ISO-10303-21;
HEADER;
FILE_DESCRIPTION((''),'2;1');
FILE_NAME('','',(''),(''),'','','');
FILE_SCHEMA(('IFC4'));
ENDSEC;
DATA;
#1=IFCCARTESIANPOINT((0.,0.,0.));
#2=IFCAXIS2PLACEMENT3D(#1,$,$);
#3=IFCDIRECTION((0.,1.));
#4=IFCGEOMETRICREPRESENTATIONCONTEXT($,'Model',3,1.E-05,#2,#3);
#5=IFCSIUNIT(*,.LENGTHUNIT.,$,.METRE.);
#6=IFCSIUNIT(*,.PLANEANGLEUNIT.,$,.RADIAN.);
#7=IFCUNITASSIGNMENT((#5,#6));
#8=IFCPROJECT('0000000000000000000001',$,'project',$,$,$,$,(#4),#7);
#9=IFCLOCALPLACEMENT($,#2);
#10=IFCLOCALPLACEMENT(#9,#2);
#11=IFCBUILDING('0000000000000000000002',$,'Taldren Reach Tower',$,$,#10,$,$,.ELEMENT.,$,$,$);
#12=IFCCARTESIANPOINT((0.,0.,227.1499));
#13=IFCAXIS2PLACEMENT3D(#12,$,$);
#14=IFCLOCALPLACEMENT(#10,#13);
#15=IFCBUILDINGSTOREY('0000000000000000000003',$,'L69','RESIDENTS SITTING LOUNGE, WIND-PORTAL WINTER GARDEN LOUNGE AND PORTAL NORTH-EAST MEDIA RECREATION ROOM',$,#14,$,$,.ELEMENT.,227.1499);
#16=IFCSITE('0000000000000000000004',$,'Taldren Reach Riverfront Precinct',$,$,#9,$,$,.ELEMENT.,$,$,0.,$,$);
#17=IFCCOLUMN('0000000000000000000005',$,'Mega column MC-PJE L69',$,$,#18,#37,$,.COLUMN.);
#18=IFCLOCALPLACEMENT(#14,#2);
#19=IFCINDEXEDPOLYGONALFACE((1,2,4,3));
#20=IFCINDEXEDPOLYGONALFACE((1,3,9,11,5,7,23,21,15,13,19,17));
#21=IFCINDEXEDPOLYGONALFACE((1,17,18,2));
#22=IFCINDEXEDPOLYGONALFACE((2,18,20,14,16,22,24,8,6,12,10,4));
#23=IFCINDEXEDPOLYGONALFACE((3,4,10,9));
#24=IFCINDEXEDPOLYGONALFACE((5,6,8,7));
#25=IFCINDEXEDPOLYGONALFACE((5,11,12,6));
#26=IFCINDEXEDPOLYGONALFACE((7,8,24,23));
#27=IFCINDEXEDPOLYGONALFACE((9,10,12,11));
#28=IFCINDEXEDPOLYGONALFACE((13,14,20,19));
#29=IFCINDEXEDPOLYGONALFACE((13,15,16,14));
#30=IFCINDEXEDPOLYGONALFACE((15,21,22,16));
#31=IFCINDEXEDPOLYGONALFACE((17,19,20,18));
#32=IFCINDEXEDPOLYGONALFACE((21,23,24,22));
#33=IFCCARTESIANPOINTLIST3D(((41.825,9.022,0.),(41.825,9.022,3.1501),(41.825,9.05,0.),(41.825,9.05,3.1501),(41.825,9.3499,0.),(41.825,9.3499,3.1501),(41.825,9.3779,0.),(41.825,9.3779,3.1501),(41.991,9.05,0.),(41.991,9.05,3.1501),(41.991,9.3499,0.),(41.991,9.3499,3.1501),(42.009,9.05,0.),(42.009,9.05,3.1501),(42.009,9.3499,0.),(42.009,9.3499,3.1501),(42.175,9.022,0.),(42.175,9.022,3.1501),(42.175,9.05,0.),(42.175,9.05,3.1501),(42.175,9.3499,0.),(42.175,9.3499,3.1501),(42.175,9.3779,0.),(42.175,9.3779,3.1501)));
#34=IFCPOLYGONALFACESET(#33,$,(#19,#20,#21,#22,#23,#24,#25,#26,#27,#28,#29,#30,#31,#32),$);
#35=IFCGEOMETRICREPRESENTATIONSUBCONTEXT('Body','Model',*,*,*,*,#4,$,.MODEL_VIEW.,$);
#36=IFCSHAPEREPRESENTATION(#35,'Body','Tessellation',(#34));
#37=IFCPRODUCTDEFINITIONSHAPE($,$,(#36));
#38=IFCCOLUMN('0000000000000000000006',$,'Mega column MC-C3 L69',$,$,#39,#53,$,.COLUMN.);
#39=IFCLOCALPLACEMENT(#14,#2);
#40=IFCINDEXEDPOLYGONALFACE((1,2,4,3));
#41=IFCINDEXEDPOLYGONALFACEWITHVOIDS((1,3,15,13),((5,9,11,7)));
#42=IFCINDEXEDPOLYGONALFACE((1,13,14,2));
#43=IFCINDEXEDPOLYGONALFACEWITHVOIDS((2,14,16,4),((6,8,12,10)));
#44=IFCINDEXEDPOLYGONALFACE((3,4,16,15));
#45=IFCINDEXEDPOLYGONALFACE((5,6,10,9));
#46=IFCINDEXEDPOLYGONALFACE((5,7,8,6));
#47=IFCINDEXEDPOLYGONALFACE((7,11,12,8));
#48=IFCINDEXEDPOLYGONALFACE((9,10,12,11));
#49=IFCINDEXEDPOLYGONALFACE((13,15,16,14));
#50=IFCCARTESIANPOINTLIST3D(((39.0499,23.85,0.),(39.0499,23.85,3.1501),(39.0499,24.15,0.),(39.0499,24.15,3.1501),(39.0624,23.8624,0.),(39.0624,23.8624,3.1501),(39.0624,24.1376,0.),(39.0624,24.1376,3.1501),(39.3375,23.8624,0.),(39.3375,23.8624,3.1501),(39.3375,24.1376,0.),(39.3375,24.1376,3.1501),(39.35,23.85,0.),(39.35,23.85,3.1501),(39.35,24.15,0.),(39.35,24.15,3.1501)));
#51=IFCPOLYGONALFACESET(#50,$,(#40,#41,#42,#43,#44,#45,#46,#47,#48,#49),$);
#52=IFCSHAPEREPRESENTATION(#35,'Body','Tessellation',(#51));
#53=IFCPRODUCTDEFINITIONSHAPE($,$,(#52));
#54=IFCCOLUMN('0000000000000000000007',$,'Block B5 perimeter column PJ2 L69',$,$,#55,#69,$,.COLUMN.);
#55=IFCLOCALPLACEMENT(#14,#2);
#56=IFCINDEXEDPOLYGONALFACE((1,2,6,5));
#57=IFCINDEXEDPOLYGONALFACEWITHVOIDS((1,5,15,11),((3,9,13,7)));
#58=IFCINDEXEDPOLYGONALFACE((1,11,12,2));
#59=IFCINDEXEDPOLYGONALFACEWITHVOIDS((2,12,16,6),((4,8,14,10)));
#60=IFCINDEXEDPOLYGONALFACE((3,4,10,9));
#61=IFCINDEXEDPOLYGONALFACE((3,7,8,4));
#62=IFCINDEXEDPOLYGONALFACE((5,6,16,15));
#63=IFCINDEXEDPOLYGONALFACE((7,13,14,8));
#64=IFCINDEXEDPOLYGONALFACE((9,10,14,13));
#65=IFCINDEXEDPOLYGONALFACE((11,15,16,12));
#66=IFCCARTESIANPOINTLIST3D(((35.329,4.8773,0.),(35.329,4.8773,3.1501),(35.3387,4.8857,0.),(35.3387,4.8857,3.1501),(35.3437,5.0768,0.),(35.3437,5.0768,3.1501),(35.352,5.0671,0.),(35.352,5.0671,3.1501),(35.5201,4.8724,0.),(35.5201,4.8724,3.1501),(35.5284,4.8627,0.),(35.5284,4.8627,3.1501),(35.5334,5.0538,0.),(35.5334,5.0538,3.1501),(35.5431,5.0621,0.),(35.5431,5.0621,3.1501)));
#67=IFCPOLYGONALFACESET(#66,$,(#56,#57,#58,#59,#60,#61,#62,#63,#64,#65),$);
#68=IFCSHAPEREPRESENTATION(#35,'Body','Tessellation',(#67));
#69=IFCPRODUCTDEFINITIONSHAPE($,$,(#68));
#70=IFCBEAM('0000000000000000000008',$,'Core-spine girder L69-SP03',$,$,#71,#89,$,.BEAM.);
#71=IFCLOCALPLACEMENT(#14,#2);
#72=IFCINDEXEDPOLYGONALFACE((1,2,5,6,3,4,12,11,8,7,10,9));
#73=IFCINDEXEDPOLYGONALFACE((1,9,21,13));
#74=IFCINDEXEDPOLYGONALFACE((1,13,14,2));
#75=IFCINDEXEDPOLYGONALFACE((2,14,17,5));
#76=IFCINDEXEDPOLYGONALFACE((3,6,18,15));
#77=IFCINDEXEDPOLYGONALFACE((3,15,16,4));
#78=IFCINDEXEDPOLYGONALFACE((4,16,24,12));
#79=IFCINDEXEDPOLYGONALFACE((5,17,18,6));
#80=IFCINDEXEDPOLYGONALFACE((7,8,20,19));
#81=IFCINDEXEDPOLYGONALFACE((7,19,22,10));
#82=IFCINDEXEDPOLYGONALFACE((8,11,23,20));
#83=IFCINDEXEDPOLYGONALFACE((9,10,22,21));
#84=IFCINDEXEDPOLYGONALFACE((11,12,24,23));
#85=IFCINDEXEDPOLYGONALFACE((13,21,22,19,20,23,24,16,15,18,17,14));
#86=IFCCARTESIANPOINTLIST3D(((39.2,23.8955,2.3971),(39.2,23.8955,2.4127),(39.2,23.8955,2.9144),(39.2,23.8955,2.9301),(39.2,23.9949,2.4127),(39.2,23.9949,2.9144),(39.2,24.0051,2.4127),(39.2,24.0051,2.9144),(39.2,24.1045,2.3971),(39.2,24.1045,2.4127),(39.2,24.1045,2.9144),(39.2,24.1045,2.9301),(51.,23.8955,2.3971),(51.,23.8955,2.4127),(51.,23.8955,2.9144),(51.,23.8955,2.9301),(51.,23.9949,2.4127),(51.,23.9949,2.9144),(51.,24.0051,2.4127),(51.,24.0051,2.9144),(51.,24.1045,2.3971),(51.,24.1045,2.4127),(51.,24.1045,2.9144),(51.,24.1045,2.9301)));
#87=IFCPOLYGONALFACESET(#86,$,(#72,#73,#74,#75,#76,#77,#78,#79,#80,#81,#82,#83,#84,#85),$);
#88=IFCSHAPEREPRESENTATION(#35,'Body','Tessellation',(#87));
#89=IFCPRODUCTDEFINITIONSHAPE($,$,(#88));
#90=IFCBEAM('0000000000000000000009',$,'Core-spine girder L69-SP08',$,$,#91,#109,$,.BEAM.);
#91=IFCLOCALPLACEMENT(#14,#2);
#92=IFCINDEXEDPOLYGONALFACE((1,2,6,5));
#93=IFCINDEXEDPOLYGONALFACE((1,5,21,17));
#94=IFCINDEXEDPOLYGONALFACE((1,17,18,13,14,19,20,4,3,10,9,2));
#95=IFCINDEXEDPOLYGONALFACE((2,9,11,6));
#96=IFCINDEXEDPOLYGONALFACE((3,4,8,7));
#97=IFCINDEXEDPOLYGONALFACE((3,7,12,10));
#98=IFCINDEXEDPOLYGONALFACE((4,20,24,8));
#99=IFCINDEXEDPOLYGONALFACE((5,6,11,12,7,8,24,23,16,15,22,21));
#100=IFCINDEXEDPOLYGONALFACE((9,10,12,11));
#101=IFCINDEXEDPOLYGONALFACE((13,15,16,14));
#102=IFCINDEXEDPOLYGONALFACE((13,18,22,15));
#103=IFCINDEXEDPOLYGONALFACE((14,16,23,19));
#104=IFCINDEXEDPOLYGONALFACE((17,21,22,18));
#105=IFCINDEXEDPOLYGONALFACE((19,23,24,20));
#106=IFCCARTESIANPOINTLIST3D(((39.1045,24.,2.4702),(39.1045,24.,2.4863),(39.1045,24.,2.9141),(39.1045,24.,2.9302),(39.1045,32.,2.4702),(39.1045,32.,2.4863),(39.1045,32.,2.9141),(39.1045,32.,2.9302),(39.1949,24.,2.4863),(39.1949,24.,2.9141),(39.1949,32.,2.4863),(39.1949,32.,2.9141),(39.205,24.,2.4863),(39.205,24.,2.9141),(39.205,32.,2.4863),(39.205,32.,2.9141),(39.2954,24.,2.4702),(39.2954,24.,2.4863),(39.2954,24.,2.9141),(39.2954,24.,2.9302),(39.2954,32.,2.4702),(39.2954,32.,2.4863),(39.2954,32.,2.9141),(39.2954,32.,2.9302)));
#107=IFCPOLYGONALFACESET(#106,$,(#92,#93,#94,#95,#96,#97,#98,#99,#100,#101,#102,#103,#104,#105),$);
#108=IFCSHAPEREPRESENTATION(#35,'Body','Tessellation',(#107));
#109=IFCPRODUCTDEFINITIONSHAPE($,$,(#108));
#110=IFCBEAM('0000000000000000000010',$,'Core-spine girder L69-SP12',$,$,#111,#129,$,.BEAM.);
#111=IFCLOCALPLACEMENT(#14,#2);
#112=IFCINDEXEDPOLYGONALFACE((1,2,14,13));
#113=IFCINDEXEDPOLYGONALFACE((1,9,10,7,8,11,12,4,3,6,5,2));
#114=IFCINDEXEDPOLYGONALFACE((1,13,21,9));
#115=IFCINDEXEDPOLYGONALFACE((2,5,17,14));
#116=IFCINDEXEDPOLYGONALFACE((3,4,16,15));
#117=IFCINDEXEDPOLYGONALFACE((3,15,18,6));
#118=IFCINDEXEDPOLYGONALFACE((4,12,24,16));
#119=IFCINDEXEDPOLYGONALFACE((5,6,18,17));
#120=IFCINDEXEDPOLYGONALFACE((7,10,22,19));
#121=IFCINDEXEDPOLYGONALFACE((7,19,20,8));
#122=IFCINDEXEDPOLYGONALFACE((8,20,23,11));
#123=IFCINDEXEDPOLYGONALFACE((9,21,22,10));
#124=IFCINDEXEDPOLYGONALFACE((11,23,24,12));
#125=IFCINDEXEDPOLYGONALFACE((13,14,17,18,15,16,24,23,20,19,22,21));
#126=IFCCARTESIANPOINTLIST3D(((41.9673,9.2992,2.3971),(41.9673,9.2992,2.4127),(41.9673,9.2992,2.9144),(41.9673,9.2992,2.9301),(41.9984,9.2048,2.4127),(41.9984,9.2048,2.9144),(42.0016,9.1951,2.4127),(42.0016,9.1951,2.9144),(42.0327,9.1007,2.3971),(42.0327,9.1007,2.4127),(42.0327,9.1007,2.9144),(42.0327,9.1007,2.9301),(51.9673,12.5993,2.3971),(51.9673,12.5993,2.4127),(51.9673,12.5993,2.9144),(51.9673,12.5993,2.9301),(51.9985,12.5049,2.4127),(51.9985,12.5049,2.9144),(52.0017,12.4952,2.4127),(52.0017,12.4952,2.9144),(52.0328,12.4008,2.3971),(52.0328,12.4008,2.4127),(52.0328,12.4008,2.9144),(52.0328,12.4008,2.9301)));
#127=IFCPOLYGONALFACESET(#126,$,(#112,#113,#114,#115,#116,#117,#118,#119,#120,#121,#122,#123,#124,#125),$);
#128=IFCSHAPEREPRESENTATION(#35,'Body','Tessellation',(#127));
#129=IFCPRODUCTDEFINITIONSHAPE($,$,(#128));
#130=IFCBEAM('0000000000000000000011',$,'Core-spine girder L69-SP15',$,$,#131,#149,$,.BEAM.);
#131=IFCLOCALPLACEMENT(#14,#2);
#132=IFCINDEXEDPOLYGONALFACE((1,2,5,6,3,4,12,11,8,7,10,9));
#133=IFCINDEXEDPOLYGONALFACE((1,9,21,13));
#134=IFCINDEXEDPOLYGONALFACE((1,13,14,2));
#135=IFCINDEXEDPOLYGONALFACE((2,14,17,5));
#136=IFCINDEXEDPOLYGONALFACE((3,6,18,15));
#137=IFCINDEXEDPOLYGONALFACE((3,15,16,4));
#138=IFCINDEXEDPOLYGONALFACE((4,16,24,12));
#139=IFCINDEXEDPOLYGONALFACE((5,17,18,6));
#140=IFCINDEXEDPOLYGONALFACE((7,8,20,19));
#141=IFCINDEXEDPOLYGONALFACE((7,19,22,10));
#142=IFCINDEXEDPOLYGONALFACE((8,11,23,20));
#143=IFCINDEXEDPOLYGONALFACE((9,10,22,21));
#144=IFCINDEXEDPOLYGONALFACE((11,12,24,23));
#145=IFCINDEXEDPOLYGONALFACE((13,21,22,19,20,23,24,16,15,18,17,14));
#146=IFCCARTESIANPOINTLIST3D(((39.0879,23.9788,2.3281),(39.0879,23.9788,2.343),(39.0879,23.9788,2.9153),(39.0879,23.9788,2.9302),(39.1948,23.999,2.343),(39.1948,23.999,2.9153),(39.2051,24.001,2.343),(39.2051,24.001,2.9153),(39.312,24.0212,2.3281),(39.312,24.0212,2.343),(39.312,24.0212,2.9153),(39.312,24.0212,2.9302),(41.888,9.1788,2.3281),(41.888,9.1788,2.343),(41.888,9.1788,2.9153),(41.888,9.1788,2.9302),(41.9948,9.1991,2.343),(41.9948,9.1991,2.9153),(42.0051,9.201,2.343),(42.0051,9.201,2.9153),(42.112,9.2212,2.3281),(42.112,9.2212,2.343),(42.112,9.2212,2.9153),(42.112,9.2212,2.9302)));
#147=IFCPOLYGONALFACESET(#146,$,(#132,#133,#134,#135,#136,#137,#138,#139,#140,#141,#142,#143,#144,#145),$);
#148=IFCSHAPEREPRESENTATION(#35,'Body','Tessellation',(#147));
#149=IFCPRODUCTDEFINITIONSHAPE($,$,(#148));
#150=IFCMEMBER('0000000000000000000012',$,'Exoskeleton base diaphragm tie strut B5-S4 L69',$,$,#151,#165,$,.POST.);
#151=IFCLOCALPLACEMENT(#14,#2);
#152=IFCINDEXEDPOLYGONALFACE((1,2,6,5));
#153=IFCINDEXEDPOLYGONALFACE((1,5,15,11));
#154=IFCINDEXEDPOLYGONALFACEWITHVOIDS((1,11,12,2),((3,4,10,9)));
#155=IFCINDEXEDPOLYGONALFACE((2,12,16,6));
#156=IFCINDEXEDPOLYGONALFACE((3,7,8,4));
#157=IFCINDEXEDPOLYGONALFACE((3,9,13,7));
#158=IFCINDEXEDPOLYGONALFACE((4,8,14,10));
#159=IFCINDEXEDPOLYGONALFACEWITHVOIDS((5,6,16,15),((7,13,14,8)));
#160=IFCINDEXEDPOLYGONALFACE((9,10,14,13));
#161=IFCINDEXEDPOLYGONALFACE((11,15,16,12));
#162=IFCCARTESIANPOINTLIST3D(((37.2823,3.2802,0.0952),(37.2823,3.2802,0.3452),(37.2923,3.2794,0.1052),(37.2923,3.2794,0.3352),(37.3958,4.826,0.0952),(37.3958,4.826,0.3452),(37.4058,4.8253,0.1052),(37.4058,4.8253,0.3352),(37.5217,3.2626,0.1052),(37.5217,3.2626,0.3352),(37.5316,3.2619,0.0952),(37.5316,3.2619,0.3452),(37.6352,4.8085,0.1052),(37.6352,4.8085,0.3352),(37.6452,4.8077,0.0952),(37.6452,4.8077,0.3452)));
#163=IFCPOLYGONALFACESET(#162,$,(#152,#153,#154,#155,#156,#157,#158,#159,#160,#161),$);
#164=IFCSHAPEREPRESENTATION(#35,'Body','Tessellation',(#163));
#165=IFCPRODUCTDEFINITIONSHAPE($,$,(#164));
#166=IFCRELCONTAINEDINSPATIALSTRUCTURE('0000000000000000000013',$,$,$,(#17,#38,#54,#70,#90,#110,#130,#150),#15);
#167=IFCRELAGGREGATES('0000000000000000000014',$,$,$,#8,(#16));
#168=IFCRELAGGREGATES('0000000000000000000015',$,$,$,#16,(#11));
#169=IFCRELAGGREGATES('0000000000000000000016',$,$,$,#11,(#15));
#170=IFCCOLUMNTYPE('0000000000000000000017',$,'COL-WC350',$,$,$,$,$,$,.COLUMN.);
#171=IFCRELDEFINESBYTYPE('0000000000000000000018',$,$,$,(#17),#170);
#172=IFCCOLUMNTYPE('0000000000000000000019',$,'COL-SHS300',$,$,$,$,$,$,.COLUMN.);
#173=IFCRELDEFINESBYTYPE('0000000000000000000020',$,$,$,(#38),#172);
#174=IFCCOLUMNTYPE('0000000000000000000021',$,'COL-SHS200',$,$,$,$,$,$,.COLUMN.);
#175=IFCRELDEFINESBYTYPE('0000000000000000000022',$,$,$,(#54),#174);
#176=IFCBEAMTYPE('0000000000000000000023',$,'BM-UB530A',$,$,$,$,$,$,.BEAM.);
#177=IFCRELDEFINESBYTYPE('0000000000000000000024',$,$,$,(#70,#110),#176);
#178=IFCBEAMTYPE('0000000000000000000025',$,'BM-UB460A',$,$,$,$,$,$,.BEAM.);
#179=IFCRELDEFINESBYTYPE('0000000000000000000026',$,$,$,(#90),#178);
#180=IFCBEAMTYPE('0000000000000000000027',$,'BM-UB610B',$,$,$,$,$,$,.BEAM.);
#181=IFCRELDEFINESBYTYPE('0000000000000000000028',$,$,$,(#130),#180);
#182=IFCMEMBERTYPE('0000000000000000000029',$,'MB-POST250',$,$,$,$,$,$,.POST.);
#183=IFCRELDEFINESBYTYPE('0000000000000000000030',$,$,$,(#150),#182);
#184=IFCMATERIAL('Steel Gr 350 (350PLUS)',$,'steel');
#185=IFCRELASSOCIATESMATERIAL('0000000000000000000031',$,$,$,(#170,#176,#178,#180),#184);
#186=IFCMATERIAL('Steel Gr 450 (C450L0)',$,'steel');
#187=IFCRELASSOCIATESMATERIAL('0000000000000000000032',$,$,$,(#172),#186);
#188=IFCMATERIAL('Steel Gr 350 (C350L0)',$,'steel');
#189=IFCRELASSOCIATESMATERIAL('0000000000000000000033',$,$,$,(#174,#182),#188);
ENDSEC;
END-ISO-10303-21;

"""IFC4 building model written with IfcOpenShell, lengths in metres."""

from ifc_helpers import new_model, si_unit, direction, frame, origin, origin_2d, place, context, subcontext, project, spatial, hollow_rectangle, i_section, extrude, source, transform, mapped, material, material_profile, profile_set, type_object, element, save


model = new_model("IFC4")

# Units and contexts
model_context = context("Model", 3, precision=1e-05, world=origin(), true_north=direction((0.0, 1.0)))
body_context = subcontext(model_context, "Body", "Model", "MODEL_VIEW")
ifc_project = project(units=[si_unit("LENGTHUNIT", "METRE"), si_unit("PLANEANGLEUNIT", "RADIAN")], contexts=[model_context])

# Site, building, storey
site_placement = place(None, origin())
site = spatial("IfcSite", under=ifc_project, at=site_placement, Name="Taldren Reach Riverfront Precinct", CompositionType="ELEMENT", RefElevation=0.0)
building_placement = place(site_placement, origin())
building = spatial("IfcBuilding", under=site, at=building_placement, Name="Taldren Reach Tower", CompositionType="ELEMENT")
storey_placement = place(building_placement, frame((0.0, 0.0, 227.1499)))
storey = spatial("IfcBuildingStorey", under=building, at=storey_placement, Name="L69", Description="RESIDENTS SITTING LOUNGE, WIND-PORTAL WINTER GARDEN LOUNGE AND PORTAL NORTH-EAST MEDIA RECREATION ROOM", CompositionType="ELEMENT", Elevation=227.1499)

# Columns
ifc_material_1 = material(Name="Steel Gr 350 (350PLUS)", Category="steel")
ifc_material_profile_1 = material_profile(ifc_material_1, i_section(OverallWidth=0.3501, OverallDepth=0.356, WebThickness=0.0181, FlangeThickness=0.0281, at=origin_2d()), Name="350WC197")
ifc_profile_set_1 = profile_set([ifc_material_profile_1], Name="Steel Gr 350 (350PLUS)")
column_type_1 = type_object("IfcColumnType", Name="COL-WC350", PredefinedType="COLUMN", material=ifc_profile_set_1)
shared_shape_1 = source(origin(), body_context, "Body", "SweptSolid", [
    extrude(i_section(OverallWidth=0.3501, OverallDepth=0.356, WebThickness=0.0181, FlangeThickness=0.0281, at=origin_2d()), origin(), (0.0, 0.0, 1.0), 3.1501),
])
column_1_placement = place(storey_placement, frame((42.0, 9.2, 0.0), z_axis=(0.0, 0.0, 1.0), x_axis=(1.0, 0.0, 0.0)))
element("IfcColumn", 1, at=column_1_placement, inside=storey, type_object=column_type_1, Name="Mega column MC-PJE L69", PredefinedType="COLUMN", context=body_context, shape_type="MappedRepresentation", body=[
    mapped(shared_shape_1, transform((0.0, 0.0, 0.0), scale=1.0)),
])
ifc_material_2 = material(Name="Steel Gr 450 (C450L0)", Category="steel")
ifc_material_profile_2 = material_profile(ifc_material_2, hollow_rectangle(XDim=0.3, YDim=0.3, WallThickness=0.0125, at=origin_2d()), Name="300x300x12.5SHS")
ifc_profile_set_2 = profile_set([ifc_material_profile_2], Name="Steel Gr 450 (C450L0)")
column_type_2 = type_object("IfcColumnType", Name="COL-SHS300", PredefinedType="COLUMN", material=ifc_profile_set_2)
shared_shape_2 = source(origin(), body_context, "Body", "SweptSolid", [
    extrude(hollow_rectangle(XDim=0.3, YDim=0.3, WallThickness=0.0125, at=origin_2d()), origin(), (0.0, 0.0, 1.0), 3.1501),
])
column_2_placement = place(storey_placement, frame((39.2, 24.0, 0.0), z_axis=(0.0, 0.0, 1.0), x_axis=(1.0, 0.0, 0.0)))
element("IfcColumn", 2, at=column_2_placement, inside=storey, type_object=column_type_2, Name="Mega column MC-C3 L69", PredefinedType="COLUMN", context=body_context, shape_type="MappedRepresentation", body=[
    mapped(shared_shape_2, transform((0.0, 0.0, 0.0), scale=1.0)),
])
ifc_material_3 = material(Name="Steel Gr 350 (C350L0)", Category="steel")
ifc_material_profile_3 = material_profile(ifc_material_3, hollow_rectangle(XDim=0.2, YDim=0.2, WallThickness=0.009, at=origin_2d()), Name="200x200x9.0SHS")
ifc_profile_set_3 = profile_set([ifc_material_profile_3], Name="Steel Gr 350 (C350L0)")
column_type_3 = type_object("IfcColumnType", Name="COL-SHS200", PredefinedType="COLUMN", material=ifc_profile_set_3)
shared_shape_3 = source(origin(), body_context, "Body", "SweptSolid", [
    extrude(hollow_rectangle(XDim=0.2, YDim=0.2, WallThickness=0.009, at=origin_2d()), origin(), (0.0, 0.0, 1.0), 3.1501),
])
column_3_placement = place(storey_placement, frame((35.436, 4.9697, 0.0), z_axis=(0.0, 0.0, 1.0), x_axis=(0.997314, -0.073238, 0.0)))
element("IfcColumn", 3, at=column_3_placement, inside=storey, type_object=column_type_3, Name="Block B5 perimeter column PJ2 L69", PredefinedType="COLUMN", context=body_context, shape_type="MappedRepresentation", body=[
    mapped(shared_shape_3, transform((0.0, 0.0, 0.0), scale=1.0)),
])

# Beams
ifc_material_profile_4 = material_profile(ifc_material_1, i_section(OverallWidth=0.209, OverallDepth=0.533, WebThickness=0.0103, FlangeThickness=0.0156, at=origin_2d()), Name="530UB92.4")
ifc_profile_set_4 = profile_set([ifc_material_profile_4], Name="Steel Gr 350 (350PLUS)")
beam_type_1 = type_object("IfcBeamType", Name="BM-UB530A", PredefinedType="BEAM", material=ifc_profile_set_4)
shared_shape_4 = source(origin(), body_context, "Body", "SweptSolid", [
    extrude(i_section(OverallWidth=0.209, OverallDepth=0.533, WebThickness=0.0103, FlangeThickness=0.0156, at=origin_2d()), origin(), (0.0, 0.0, 1.0), 11.8),
])
beam_1_placement = place(storey_placement, frame((39.2, 24.0, 2.6636), z_axis=(1.0, 0.0, 0.0), x_axis=(0.0, 1.0, 0.0)))
element("IfcBeam", 4, at=beam_1_placement, inside=storey, type_object=beam_type_1, Name="Core-spine girder L69-SP03", PredefinedType="BEAM", context=body_context, shape_type="MappedRepresentation", body=[
    mapped(shared_shape_4, transform((0.0, 0.0, 0.0), scale=1.0)),
])
ifc_material_profile_5 = material_profile(ifc_material_1, i_section(OverallWidth=0.1909, OverallDepth=0.46, WebThickness=0.01, FlangeThickness=0.0161, at=origin_2d()), Name="460UB82.1")
ifc_profile_set_5 = profile_set([ifc_material_profile_5], Name="Steel Gr 350 (350PLUS)")
beam_type_2 = type_object("IfcBeamType", Name="BM-UB460A", PredefinedType="BEAM", material=ifc_profile_set_5)
shared_shape_5 = source(origin(), body_context, "Body", "SweptSolid", [
    extrude(i_section(OverallWidth=0.1909, OverallDepth=0.46, WebThickness=0.01, FlangeThickness=0.0161, at=origin_2d()), origin(), (0.0, 0.0, 1.0), 8.0),
])
beam_2_placement = place(storey_placement, frame((39.2, 24.0, 2.7002), z_axis=(0.0, 1.0, 0.0), x_axis=(-1.0, 0.0, 0.0)))
element("IfcBeam", 5, at=beam_2_placement, inside=storey, type_object=beam_type_2, Name="Core-spine girder L69-SP08", PredefinedType="BEAM", context=body_context, shape_type="MappedRepresentation", body=[
    mapped(shared_shape_5, transform((0.0, 0.0, 0.0), scale=1.0)),
])
shared_shape_6 = source(origin(), body_context, "Body", "SweptSolid", [
    extrude(i_section(OverallWidth=0.209, OverallDepth=0.533, WebThickness=0.0103, FlangeThickness=0.0156, at=origin_2d()), origin(), (0.0, 0.0, 1.0), 10.5305),
])
beam_3_placement = place(storey_placement, frame((42.0, 9.2, 2.6636), z_axis=(0.949627, 0.313382, 0.0), x_axis=(-0.313382, 0.949627, 0.0)))
element("IfcBeam", 6, at=beam_3_placement, inside=storey, type_object=beam_type_1, Name="Core-spine girder L69-SP12", PredefinedType="BEAM", context=body_context, shape_type="MappedRepresentation", body=[
    mapped(shared_shape_6, transform((0.0, 0.0, 0.0), scale=1.0)),
])
ifc_material_profile_6 = material_profile(ifc_material_1, i_section(OverallWidth=0.228, OverallDepth=0.6021, WebThickness=0.0105, FlangeThickness=0.0149, at=origin_2d()), Name="610UB101")
ifc_profile_set_6 = profile_set([ifc_material_profile_6], Name="Steel Gr 350 (350PLUS)")
beam_type_3 = type_object("IfcBeamType", Name="BM-UB610B", PredefinedType="BEAM", material=ifc_profile_set_6)
shared_shape_7 = source(origin(), body_context, "Body", "SweptSolid", [
    extrude(i_section(OverallWidth=0.228, OverallDepth=0.6021, WebThickness=0.0105, FlangeThickness=0.0149, at=origin_2d()), origin(), (0.0, 0.0, 1.0), 15.0625),
])
beam_4_placement = place(storey_placement, frame((39.2, 24.0, 2.6292), z_axis=(0.185894, -0.98257, 0.0), x_axis=(0.98257, 0.185894, 0.0)))
element("IfcBeam", 7, at=beam_4_placement, inside=storey, type_object=beam_type_3, Name="Core-spine girder L69-SP15", PredefinedType="BEAM", context=body_context, shape_type="MappedRepresentation", body=[
    mapped(shared_shape_7, transform((0.0, 0.0, 0.0), scale=1.0)),
])

# Member
ifc_material_profile_7 = material_profile(ifc_material_3, hollow_rectangle(XDim=0.25, YDim=0.25, WallThickness=0.01, at=origin_2d()), Name="250x250x10.0SHS")
ifc_profile_set_7 = profile_set([ifc_material_profile_7], Name="Steel Gr 350 (C350L0)")
member_type_1 = type_object("IfcMemberType", Name="MB-POST250", PredefinedType="POST", material=ifc_profile_set_7)
shared_shape_8 = source(origin(), body_context, "Body", "SweptSolid", [
    extrude(hollow_rectangle(XDim=0.25, YDim=0.25, WallThickness=0.01, at=origin_2d()), origin(), (0.0, 0.0, 1.0), 1.55),
])
for number, where, z_axis, x_axis, name in (
    (8, (37.5205, 4.8169, 0.2202), (-0.073239, -0.997314, 0.0), (0.997314, -0.073239, 0.0), "Exoskeleton base diaphragm tie strut B5-S4 L69"),
):
    element("IfcMember", number, at=place(storey_placement, frame(where, z_axis=z_axis, x_axis=x_axis)), inside=storey, type_object=member_type_1, Name=name, PredefinedType="POST", context=body_context, shape_type="MappedRepresentation", body=[
        mapped(shared_shape_8, transform((0.0, 0.0, 0.0), scale=1.0)),
    ])

save(model, "model.ifc")
